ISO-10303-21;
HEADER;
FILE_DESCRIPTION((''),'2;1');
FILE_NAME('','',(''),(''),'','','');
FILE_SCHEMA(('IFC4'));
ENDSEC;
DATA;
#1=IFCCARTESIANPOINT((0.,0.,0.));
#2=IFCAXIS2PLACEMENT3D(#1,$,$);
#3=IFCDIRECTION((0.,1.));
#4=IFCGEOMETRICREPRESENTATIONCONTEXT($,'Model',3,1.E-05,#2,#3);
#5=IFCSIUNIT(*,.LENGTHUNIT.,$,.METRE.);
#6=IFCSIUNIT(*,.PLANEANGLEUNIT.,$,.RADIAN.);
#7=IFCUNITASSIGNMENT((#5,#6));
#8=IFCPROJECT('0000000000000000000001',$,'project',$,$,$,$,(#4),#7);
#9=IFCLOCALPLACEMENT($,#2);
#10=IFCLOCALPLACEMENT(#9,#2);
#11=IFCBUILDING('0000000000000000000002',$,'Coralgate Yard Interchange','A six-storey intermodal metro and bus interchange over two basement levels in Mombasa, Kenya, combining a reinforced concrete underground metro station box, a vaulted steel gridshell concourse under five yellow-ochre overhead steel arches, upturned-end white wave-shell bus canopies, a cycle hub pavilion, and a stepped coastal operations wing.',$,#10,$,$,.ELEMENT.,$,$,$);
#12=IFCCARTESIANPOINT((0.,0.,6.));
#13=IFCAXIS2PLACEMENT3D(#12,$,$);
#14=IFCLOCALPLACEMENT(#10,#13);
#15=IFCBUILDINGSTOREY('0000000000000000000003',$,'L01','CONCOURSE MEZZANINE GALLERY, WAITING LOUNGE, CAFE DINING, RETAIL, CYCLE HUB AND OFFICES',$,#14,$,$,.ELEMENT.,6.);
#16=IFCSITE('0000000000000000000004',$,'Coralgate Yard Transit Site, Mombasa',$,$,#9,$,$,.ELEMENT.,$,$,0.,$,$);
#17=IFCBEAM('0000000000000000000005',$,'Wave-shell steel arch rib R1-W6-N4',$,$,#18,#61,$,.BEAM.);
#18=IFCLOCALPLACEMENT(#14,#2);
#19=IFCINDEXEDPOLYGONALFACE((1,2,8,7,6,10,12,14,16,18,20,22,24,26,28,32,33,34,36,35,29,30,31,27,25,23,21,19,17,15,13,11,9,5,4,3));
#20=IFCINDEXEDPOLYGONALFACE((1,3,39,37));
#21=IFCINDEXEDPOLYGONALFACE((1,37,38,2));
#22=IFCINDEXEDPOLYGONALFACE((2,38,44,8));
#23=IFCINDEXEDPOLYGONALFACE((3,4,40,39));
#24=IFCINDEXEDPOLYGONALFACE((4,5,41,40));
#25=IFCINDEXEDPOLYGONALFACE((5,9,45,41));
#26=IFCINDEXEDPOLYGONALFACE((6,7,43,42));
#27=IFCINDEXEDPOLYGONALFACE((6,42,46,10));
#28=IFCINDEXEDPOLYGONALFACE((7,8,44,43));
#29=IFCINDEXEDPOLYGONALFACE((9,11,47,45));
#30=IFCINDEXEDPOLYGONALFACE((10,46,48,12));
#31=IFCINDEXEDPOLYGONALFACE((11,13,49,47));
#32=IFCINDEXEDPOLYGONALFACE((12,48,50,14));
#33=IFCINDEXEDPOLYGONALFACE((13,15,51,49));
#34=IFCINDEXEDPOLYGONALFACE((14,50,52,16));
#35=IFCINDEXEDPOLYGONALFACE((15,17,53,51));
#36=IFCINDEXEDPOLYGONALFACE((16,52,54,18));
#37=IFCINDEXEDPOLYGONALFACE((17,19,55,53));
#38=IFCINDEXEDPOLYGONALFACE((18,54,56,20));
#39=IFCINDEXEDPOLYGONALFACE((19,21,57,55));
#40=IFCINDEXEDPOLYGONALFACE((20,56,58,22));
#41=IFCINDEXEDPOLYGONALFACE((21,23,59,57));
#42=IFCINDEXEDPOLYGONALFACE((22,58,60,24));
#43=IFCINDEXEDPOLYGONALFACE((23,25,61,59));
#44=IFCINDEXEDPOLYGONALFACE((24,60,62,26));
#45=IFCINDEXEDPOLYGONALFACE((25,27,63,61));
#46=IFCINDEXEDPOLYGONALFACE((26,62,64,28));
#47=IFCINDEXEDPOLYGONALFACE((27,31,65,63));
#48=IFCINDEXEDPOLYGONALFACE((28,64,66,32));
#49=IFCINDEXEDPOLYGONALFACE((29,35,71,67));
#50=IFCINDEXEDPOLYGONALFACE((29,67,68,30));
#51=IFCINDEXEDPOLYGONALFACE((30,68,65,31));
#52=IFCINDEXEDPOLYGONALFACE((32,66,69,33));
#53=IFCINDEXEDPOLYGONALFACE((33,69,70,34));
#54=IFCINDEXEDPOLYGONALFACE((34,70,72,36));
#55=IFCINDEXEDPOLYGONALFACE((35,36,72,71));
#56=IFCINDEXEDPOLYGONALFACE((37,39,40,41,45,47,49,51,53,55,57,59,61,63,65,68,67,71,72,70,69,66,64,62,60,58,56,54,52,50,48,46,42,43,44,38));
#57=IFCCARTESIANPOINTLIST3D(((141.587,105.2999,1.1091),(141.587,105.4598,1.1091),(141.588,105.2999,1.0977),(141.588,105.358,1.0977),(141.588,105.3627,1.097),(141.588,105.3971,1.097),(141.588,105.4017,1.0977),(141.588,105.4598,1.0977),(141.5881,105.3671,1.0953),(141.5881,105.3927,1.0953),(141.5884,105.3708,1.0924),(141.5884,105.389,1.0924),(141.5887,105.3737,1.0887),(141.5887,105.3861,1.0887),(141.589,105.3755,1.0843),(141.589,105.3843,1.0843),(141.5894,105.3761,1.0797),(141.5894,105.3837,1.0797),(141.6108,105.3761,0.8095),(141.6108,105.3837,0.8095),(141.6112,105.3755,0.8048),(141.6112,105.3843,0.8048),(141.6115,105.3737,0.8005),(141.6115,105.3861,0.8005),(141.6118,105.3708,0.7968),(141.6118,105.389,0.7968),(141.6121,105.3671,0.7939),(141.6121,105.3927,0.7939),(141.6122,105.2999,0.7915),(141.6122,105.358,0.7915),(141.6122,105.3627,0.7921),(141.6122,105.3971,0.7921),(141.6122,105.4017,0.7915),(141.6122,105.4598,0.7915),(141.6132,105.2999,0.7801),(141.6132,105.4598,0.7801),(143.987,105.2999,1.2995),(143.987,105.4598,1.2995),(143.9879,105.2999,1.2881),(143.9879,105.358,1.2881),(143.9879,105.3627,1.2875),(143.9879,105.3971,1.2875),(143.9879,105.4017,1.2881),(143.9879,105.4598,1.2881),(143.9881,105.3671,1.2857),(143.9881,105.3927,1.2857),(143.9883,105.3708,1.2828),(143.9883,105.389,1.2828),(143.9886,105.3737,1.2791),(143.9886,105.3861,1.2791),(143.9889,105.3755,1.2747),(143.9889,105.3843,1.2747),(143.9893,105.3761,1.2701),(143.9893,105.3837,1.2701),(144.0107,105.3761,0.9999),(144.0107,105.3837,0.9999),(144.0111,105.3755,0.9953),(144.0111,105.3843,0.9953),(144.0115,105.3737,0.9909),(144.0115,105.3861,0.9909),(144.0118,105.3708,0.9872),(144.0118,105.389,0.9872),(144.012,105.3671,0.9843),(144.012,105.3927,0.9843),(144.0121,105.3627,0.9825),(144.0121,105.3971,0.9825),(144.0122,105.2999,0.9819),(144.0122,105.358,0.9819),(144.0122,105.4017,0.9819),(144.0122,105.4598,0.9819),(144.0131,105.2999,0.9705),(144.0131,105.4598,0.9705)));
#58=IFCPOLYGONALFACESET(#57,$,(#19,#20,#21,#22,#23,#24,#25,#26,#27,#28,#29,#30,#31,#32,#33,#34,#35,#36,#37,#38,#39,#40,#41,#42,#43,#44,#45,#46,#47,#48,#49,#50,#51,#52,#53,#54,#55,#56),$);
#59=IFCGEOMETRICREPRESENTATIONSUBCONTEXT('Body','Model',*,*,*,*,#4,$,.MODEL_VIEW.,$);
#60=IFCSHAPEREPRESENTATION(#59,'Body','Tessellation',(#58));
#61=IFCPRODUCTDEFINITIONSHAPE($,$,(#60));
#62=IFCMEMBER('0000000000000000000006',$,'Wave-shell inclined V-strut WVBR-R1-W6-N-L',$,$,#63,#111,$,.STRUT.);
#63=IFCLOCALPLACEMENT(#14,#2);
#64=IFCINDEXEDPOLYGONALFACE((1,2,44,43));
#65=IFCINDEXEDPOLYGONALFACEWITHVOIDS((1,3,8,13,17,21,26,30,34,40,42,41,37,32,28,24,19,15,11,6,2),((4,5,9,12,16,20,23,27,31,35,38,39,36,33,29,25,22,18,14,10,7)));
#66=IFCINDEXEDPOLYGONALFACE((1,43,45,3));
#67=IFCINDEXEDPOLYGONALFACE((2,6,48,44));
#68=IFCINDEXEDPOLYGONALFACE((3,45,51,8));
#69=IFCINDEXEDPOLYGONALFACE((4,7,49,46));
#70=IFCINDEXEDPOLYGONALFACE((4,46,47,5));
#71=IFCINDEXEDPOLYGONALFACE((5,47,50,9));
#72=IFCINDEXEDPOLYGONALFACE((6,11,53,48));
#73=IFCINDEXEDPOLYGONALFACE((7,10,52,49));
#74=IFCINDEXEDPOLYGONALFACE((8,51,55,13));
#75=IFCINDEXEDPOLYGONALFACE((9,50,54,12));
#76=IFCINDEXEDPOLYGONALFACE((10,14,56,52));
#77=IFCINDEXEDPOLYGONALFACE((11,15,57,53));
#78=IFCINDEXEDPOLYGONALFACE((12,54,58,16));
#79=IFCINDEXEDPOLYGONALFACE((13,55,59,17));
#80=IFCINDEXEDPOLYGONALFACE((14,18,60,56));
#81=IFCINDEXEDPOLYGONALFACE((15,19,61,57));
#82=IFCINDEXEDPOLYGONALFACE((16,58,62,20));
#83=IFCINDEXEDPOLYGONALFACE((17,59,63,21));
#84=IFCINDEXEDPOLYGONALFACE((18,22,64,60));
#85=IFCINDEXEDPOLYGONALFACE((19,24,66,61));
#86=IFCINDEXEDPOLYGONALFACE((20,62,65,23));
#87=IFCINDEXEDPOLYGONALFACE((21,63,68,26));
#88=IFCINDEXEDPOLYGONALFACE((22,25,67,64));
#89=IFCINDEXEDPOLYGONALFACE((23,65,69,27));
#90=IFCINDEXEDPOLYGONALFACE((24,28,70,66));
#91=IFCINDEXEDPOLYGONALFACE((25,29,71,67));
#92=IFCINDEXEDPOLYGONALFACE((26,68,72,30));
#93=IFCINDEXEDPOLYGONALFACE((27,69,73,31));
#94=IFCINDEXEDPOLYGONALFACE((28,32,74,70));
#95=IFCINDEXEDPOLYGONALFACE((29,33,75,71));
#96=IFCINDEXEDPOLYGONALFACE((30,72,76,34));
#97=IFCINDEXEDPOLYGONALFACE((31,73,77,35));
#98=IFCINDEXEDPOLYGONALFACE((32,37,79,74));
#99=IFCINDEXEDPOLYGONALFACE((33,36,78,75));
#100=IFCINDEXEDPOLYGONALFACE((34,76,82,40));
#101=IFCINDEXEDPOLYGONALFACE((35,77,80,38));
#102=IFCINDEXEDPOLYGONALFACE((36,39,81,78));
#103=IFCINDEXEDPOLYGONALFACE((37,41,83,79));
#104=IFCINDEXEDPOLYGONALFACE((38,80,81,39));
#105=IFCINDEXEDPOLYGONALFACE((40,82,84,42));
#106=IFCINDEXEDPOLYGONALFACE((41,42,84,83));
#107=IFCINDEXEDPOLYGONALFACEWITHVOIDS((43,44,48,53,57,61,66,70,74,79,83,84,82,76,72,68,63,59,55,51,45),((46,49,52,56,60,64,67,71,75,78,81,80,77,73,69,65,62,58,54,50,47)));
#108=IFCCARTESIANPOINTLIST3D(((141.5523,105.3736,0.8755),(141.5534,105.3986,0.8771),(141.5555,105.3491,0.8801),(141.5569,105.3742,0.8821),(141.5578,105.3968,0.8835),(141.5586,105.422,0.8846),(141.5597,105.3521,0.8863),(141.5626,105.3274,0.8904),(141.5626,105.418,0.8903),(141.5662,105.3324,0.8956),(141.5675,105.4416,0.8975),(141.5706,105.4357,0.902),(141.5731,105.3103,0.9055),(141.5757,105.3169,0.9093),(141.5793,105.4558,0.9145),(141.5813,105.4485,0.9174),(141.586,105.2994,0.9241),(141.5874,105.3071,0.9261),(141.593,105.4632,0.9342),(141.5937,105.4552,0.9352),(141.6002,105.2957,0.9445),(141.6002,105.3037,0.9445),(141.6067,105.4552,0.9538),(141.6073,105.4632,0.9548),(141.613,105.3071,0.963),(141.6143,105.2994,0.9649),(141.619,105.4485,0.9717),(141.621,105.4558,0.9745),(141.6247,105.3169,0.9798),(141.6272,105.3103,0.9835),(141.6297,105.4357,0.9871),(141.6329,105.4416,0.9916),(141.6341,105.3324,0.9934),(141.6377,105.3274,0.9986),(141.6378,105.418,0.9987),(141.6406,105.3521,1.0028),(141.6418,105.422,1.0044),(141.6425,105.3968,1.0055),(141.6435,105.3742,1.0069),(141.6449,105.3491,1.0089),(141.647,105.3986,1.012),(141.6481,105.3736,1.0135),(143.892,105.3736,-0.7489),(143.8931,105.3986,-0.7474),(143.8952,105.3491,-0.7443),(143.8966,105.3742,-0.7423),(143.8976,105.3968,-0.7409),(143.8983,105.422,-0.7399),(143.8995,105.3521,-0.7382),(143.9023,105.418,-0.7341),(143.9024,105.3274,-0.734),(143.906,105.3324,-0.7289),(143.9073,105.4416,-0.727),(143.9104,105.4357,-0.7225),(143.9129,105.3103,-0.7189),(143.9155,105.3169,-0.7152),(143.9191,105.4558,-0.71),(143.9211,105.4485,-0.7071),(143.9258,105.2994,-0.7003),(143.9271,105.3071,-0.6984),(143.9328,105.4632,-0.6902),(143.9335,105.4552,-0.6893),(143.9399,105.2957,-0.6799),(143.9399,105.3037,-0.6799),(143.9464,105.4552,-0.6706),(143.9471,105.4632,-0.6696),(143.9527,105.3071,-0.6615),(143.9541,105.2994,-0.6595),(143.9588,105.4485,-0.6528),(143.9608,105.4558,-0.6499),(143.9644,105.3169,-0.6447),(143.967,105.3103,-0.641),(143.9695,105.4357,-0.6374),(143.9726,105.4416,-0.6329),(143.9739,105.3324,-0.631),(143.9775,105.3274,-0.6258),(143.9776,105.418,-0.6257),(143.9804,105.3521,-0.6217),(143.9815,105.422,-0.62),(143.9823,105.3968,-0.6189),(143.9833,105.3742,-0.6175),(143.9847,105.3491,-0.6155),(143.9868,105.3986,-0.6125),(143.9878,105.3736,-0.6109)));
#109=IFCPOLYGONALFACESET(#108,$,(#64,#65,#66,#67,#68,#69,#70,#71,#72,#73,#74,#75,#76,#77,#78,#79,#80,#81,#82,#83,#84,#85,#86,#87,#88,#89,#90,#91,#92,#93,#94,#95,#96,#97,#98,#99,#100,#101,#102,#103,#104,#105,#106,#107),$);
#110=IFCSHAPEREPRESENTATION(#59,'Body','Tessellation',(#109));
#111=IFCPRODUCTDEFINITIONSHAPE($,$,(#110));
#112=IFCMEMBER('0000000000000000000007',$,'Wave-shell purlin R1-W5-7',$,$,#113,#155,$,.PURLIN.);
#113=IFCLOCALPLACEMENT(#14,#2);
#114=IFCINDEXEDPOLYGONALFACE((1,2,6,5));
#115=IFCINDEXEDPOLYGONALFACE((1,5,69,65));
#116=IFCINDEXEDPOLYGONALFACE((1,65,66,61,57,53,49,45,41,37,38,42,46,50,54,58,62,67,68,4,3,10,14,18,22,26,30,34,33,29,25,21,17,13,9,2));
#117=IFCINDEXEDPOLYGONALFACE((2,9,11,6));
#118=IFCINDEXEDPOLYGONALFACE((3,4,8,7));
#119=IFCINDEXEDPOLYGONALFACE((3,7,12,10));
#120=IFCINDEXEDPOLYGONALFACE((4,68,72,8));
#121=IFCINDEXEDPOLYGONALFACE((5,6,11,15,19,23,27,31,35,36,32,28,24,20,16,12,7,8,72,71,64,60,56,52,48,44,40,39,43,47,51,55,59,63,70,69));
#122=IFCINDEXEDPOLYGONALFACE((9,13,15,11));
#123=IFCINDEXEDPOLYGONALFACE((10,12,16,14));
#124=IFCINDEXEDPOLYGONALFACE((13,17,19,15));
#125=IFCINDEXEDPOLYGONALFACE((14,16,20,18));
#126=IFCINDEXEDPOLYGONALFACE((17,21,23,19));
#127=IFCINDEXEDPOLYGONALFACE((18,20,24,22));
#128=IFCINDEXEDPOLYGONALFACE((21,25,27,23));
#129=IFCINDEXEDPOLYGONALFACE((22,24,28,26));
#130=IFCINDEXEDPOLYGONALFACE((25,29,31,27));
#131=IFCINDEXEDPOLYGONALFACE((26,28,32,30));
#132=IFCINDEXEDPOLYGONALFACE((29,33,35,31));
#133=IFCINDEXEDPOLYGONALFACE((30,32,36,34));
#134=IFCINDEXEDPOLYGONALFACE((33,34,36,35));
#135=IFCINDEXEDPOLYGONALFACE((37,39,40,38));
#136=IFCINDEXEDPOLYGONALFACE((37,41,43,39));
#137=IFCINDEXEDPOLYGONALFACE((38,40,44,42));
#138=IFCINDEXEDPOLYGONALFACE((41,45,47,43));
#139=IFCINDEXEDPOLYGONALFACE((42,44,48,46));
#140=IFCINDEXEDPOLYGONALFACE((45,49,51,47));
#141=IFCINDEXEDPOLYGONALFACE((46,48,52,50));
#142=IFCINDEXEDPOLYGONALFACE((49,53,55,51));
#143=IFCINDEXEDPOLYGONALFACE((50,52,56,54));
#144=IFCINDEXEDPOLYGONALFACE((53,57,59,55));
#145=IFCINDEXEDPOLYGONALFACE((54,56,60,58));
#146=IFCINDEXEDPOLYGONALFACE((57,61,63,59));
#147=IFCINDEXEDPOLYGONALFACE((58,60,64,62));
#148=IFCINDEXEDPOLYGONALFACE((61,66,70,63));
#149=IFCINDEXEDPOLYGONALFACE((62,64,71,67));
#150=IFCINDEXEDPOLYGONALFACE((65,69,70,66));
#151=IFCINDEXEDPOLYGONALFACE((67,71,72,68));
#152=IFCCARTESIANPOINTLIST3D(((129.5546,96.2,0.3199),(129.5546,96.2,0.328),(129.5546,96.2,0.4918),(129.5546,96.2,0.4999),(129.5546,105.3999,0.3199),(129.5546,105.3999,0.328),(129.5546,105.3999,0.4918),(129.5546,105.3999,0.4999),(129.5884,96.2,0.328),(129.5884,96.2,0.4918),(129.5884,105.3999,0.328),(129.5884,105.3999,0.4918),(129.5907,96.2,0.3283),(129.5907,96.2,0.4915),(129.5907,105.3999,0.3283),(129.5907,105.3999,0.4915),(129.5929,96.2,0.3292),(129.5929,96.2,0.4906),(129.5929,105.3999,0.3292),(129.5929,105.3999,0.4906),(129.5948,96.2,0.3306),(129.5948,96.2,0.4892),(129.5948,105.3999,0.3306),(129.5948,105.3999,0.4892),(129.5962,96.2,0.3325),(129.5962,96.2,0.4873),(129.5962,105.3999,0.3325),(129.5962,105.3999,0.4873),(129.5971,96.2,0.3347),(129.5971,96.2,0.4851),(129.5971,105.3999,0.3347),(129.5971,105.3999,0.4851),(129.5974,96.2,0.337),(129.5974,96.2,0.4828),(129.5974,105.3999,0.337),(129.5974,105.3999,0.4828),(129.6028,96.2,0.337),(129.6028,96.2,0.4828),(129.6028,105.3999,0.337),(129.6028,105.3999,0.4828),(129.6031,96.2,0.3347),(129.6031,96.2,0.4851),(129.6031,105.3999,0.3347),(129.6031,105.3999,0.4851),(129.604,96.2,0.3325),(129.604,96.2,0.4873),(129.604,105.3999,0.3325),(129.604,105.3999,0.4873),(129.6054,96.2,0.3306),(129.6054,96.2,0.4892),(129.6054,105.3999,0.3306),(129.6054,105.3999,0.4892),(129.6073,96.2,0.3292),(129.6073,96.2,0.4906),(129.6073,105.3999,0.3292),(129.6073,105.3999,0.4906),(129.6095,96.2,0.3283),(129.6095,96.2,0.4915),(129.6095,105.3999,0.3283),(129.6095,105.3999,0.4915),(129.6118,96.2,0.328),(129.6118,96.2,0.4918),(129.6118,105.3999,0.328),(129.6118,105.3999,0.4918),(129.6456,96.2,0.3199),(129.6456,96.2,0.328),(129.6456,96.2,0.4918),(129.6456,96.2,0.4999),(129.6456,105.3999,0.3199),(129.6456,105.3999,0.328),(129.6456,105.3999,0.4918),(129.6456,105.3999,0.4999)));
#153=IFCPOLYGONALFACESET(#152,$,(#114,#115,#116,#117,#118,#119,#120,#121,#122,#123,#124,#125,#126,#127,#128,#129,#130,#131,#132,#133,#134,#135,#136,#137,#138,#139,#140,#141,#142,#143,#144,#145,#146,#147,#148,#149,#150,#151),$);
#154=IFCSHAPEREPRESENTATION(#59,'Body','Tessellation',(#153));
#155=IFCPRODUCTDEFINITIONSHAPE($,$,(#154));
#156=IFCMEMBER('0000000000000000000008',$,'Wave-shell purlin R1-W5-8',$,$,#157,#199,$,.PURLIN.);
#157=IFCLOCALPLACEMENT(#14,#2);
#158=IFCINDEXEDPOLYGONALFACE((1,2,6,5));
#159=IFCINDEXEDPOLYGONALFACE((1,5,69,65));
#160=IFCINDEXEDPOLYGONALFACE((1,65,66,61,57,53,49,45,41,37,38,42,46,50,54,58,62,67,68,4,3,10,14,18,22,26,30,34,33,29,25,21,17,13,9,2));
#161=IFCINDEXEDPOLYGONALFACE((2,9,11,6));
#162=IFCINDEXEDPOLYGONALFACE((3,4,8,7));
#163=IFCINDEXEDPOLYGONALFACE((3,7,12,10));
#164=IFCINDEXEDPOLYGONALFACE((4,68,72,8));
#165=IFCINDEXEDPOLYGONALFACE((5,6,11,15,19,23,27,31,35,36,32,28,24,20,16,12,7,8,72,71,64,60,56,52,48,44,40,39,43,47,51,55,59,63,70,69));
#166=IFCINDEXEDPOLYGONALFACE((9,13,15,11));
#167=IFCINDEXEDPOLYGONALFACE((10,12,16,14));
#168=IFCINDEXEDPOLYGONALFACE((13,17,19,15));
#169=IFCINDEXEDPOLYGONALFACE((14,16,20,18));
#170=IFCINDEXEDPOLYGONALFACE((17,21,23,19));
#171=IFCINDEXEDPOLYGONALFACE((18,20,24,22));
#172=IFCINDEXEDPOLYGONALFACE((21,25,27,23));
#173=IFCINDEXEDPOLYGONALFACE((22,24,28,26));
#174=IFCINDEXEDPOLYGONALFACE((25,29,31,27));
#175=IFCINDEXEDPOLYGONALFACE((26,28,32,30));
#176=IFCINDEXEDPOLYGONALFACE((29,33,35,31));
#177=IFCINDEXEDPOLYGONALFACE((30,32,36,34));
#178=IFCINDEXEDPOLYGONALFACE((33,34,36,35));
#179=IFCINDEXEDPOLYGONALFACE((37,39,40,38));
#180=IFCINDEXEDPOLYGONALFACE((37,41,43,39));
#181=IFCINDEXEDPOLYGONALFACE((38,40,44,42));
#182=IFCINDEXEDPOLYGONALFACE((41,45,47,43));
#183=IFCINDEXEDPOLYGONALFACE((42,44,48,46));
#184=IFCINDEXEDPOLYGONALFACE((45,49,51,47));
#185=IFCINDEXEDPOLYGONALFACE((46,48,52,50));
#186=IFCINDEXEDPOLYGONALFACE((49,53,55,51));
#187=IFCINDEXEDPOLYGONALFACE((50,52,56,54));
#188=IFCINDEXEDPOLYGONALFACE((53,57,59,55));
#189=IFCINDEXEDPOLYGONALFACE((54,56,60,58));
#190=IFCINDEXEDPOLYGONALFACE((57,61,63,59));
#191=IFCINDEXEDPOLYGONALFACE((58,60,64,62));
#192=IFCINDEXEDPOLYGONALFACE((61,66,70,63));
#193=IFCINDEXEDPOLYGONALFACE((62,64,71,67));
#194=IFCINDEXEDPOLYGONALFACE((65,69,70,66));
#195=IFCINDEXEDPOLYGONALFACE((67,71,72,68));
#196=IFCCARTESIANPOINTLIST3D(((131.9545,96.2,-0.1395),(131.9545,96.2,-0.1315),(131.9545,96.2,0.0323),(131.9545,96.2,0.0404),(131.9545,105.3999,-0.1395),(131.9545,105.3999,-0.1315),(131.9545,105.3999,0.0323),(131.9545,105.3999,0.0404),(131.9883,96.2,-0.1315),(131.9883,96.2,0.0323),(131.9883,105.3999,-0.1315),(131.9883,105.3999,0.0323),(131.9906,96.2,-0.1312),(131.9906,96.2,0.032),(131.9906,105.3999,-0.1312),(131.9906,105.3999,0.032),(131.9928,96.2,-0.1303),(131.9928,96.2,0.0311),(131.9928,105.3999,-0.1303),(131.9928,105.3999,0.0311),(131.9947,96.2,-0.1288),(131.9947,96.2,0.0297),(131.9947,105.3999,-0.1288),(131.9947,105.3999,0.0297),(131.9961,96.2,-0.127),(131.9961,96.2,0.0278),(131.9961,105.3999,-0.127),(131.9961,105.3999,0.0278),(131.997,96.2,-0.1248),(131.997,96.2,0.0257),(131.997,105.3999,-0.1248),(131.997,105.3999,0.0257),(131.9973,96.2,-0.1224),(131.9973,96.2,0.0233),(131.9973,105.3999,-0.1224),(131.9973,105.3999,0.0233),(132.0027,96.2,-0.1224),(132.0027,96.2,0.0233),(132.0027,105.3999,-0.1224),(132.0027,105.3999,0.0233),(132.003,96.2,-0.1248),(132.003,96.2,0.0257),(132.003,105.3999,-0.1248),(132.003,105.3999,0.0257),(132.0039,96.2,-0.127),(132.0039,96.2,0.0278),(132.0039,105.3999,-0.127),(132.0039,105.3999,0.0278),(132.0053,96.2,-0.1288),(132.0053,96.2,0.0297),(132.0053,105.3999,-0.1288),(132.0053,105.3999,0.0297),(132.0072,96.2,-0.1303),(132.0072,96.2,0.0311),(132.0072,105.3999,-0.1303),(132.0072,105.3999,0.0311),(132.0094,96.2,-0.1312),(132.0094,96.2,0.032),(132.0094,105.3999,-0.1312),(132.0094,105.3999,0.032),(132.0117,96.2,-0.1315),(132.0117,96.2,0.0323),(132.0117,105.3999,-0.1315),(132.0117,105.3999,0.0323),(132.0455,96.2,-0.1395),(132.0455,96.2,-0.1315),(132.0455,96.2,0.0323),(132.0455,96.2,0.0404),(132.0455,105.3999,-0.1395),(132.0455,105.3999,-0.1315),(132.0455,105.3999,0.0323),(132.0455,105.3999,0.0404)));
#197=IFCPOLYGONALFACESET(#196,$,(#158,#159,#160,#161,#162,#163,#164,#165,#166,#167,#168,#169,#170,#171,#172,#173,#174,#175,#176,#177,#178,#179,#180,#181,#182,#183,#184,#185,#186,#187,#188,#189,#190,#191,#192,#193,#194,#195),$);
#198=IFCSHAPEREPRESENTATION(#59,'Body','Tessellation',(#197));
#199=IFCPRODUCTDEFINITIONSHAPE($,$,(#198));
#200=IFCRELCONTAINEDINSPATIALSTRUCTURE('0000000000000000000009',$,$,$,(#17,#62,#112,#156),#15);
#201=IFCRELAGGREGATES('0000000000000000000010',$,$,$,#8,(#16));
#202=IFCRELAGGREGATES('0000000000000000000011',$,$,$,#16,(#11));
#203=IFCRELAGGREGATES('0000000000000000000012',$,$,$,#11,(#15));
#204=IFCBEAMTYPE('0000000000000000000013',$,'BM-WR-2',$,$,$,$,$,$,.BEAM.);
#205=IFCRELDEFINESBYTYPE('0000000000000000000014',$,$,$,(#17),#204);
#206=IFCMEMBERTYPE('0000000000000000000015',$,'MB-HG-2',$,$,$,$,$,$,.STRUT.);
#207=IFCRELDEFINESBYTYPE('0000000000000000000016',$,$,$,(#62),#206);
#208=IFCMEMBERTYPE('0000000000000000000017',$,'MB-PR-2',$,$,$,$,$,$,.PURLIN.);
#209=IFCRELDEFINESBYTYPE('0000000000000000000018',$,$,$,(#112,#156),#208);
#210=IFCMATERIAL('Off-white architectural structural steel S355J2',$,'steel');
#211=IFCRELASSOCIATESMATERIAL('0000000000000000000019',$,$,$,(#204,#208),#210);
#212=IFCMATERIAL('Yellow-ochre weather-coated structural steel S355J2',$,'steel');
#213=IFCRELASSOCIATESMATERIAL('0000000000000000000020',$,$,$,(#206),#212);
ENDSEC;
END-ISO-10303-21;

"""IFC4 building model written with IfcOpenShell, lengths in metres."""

from ifc_helpers import new_model, si_unit, direction, frame, origin, origin_2d, place, context, subcontext, project, spatial, hollow_circle, i_section, extrude, material, material_profile, profile_set, type_object, element, save


model = new_model("IFC4")

# Units and contexts
model_context = context("Model", 3, precision=1e-05, world=origin(), true_north=direction((0.0, 1.0)))
body_context = subcontext(model_context, "Body", "Model", "MODEL_VIEW")
ifc_project = project(units=[si_unit("LENGTHUNIT", "METRE"), si_unit("PLANEANGLEUNIT", "RADIAN")], contexts=[model_context])

# Site, building, storey
site_placement = place(None, origin())
site = spatial("IfcSite", under=ifc_project, at=site_placement, Name="Coralgate Yard Transit Site, Mombasa", CompositionType="ELEMENT", RefElevation=0.0)
building_placement = place(site_placement, origin())
building = spatial("IfcBuilding", under=site, at=building_placement, Name="Coralgate Yard Interchange", Description="A six-storey intermodal metro and bus interchange over two basement levels in Mombasa, Kenya, combining a reinforced concrete underground metro station box, a vaulted steel gridshell concourse under five yellow-ochre overhead steel arches, upturned-end white wave-shell bus canopies, a cycle hub pavilion, and a stepped coastal operations wing.", CompositionType="ELEMENT")
storey_placement = place(building_placement, frame((0.0, 0.0, 6.0)))
storey = spatial("IfcBuildingStorey", under=building, at=storey_placement, Name="L01", Description="CONCOURSE MEZZANINE GALLERY, WAITING LOUNGE, CAFE DINING, RETAIL, CYCLE HUB AND OFFICES", CompositionType="ELEMENT", Elevation=6.0)

# Beam
ifc_material_1 = material(Name="Off-white architectural structural steel S355J2", Category="steel")
ifc_material_profile_1 = material_profile(ifc_material_1, i_section(OverallWidth=0.1599, OverallDepth=0.3301, WebThickness=0.0076, FlangeThickness=0.0115, FilletRadius=0.0181, at=origin_2d()), Name="IPE 330")
ifc_profile_set_1 = profile_set([ifc_material_profile_1], Name="Off-white architectural structural steel S355J2")
beam_type_1 = type_object("IfcBeamType", Name="BM-WR-2", PredefinedType="BEAM", material=ifc_profile_set_1)
beam_1_placement = place(storey_placement, frame((141.6001, 105.3799, 0.9446), z_axis=(0.996867, 0.0, 0.0791), x_axis=(0.0, 1.0, 0.0)))
element("IfcBeam", 1, at=beam_1_placement, inside=storey, type_object=beam_type_1, Name="Wave-shell steel arch rib R1-W6-N4", PredefinedType="BEAM", context=body_context, shape_type="SweptSolid", body=[
    extrude(i_section(OverallWidth=0.1599, OverallDepth=0.3301, WebThickness=0.0076, FlangeThickness=0.0115, FilletRadius=0.0181, at=origin_2d()), origin(), (0.0, 0.0, 1.0), 2.4075),
])

# Members
ifc_material_2 = material(Name="Yellow-ochre weather-coated structural steel S355J2", Category="steel")
ifc_material_profile_2 = material_profile(ifc_material_2, hollow_circle(Radius=0.0842, WallThickness=0.0081, at=origin_2d()), Name="CHS 168.3x8")
ifc_profile_set_2 = profile_set([ifc_material_profile_2], Name="Yellow-ochre weather-coated structural steel S355J2")
member_type_1 = type_object("IfcMemberType", Name="MB-HG-2", PredefinedType="STRUT", material=ifc_profile_set_2)
member_placement = place(storey_placement, frame((143.9399, 105.3799, -0.6799), z_axis=(-0.821432, 0.0, 0.570306), x_axis=(0.0, -1.0, 0.0)))
element("IfcMember", 2, at=member_placement, inside=storey, type_object=member_type_1, Name="Wave-shell inclined V-strut WVBR-R1-W6-N-L", PredefinedType="STRUT", context=body_context, shape_type="SweptSolid", body=[
    extrude(hollow_circle(Radius=0.0842, WallThickness=0.0081, at=origin_2d()), origin(), (0.0, 0.0, 1.0), 2.8484),
])
ifc_material_profile_3 = material_profile(ifc_material_1, i_section(OverallWidth=0.0911, OverallDepth=0.1799, WebThickness=0.0054, FlangeThickness=0.0081, FilletRadius=0.009, at=origin_2d()), Name="IPE 180")
ifc_profile_set_3 = profile_set([ifc_material_profile_3], Name="Off-white architectural structural steel S355J2")
member_type_2 = type_object("IfcMemberType", Name="MB-PR-2", PredefinedType="PURLIN", material=ifc_profile_set_3)
for number, where, z_axis, x_axis, name in (
    (3, (129.6001, 96.2, 0.4099), (0.0, 1.0, 0.0), (-1.0, 0.0, 0.0), "Wave-shell purlin R1-W5-7"),
    (4, (132.0, 96.2, -0.0496), (0.0, 1.0, 0.0), (-1.0, 0.0, 0.0), "Wave-shell purlin R1-W5-8"),
):
    element("IfcMember", number, at=place(storey_placement, frame(where, z_axis=z_axis, x_axis=x_axis)), inside=storey, type_object=member_type_2, Name=name, PredefinedType="PURLIN", context=body_context, shape_type="SweptSolid", body=[
        extrude(i_section(OverallWidth=0.0911, OverallDepth=0.1799, WebThickness=0.0054, FlangeThickness=0.0081, FilletRadius=0.009, at=origin_2d()), origin(), (0.0, 0.0, 1.0), 9.2),
    ])

save(model, "model.ifc")
